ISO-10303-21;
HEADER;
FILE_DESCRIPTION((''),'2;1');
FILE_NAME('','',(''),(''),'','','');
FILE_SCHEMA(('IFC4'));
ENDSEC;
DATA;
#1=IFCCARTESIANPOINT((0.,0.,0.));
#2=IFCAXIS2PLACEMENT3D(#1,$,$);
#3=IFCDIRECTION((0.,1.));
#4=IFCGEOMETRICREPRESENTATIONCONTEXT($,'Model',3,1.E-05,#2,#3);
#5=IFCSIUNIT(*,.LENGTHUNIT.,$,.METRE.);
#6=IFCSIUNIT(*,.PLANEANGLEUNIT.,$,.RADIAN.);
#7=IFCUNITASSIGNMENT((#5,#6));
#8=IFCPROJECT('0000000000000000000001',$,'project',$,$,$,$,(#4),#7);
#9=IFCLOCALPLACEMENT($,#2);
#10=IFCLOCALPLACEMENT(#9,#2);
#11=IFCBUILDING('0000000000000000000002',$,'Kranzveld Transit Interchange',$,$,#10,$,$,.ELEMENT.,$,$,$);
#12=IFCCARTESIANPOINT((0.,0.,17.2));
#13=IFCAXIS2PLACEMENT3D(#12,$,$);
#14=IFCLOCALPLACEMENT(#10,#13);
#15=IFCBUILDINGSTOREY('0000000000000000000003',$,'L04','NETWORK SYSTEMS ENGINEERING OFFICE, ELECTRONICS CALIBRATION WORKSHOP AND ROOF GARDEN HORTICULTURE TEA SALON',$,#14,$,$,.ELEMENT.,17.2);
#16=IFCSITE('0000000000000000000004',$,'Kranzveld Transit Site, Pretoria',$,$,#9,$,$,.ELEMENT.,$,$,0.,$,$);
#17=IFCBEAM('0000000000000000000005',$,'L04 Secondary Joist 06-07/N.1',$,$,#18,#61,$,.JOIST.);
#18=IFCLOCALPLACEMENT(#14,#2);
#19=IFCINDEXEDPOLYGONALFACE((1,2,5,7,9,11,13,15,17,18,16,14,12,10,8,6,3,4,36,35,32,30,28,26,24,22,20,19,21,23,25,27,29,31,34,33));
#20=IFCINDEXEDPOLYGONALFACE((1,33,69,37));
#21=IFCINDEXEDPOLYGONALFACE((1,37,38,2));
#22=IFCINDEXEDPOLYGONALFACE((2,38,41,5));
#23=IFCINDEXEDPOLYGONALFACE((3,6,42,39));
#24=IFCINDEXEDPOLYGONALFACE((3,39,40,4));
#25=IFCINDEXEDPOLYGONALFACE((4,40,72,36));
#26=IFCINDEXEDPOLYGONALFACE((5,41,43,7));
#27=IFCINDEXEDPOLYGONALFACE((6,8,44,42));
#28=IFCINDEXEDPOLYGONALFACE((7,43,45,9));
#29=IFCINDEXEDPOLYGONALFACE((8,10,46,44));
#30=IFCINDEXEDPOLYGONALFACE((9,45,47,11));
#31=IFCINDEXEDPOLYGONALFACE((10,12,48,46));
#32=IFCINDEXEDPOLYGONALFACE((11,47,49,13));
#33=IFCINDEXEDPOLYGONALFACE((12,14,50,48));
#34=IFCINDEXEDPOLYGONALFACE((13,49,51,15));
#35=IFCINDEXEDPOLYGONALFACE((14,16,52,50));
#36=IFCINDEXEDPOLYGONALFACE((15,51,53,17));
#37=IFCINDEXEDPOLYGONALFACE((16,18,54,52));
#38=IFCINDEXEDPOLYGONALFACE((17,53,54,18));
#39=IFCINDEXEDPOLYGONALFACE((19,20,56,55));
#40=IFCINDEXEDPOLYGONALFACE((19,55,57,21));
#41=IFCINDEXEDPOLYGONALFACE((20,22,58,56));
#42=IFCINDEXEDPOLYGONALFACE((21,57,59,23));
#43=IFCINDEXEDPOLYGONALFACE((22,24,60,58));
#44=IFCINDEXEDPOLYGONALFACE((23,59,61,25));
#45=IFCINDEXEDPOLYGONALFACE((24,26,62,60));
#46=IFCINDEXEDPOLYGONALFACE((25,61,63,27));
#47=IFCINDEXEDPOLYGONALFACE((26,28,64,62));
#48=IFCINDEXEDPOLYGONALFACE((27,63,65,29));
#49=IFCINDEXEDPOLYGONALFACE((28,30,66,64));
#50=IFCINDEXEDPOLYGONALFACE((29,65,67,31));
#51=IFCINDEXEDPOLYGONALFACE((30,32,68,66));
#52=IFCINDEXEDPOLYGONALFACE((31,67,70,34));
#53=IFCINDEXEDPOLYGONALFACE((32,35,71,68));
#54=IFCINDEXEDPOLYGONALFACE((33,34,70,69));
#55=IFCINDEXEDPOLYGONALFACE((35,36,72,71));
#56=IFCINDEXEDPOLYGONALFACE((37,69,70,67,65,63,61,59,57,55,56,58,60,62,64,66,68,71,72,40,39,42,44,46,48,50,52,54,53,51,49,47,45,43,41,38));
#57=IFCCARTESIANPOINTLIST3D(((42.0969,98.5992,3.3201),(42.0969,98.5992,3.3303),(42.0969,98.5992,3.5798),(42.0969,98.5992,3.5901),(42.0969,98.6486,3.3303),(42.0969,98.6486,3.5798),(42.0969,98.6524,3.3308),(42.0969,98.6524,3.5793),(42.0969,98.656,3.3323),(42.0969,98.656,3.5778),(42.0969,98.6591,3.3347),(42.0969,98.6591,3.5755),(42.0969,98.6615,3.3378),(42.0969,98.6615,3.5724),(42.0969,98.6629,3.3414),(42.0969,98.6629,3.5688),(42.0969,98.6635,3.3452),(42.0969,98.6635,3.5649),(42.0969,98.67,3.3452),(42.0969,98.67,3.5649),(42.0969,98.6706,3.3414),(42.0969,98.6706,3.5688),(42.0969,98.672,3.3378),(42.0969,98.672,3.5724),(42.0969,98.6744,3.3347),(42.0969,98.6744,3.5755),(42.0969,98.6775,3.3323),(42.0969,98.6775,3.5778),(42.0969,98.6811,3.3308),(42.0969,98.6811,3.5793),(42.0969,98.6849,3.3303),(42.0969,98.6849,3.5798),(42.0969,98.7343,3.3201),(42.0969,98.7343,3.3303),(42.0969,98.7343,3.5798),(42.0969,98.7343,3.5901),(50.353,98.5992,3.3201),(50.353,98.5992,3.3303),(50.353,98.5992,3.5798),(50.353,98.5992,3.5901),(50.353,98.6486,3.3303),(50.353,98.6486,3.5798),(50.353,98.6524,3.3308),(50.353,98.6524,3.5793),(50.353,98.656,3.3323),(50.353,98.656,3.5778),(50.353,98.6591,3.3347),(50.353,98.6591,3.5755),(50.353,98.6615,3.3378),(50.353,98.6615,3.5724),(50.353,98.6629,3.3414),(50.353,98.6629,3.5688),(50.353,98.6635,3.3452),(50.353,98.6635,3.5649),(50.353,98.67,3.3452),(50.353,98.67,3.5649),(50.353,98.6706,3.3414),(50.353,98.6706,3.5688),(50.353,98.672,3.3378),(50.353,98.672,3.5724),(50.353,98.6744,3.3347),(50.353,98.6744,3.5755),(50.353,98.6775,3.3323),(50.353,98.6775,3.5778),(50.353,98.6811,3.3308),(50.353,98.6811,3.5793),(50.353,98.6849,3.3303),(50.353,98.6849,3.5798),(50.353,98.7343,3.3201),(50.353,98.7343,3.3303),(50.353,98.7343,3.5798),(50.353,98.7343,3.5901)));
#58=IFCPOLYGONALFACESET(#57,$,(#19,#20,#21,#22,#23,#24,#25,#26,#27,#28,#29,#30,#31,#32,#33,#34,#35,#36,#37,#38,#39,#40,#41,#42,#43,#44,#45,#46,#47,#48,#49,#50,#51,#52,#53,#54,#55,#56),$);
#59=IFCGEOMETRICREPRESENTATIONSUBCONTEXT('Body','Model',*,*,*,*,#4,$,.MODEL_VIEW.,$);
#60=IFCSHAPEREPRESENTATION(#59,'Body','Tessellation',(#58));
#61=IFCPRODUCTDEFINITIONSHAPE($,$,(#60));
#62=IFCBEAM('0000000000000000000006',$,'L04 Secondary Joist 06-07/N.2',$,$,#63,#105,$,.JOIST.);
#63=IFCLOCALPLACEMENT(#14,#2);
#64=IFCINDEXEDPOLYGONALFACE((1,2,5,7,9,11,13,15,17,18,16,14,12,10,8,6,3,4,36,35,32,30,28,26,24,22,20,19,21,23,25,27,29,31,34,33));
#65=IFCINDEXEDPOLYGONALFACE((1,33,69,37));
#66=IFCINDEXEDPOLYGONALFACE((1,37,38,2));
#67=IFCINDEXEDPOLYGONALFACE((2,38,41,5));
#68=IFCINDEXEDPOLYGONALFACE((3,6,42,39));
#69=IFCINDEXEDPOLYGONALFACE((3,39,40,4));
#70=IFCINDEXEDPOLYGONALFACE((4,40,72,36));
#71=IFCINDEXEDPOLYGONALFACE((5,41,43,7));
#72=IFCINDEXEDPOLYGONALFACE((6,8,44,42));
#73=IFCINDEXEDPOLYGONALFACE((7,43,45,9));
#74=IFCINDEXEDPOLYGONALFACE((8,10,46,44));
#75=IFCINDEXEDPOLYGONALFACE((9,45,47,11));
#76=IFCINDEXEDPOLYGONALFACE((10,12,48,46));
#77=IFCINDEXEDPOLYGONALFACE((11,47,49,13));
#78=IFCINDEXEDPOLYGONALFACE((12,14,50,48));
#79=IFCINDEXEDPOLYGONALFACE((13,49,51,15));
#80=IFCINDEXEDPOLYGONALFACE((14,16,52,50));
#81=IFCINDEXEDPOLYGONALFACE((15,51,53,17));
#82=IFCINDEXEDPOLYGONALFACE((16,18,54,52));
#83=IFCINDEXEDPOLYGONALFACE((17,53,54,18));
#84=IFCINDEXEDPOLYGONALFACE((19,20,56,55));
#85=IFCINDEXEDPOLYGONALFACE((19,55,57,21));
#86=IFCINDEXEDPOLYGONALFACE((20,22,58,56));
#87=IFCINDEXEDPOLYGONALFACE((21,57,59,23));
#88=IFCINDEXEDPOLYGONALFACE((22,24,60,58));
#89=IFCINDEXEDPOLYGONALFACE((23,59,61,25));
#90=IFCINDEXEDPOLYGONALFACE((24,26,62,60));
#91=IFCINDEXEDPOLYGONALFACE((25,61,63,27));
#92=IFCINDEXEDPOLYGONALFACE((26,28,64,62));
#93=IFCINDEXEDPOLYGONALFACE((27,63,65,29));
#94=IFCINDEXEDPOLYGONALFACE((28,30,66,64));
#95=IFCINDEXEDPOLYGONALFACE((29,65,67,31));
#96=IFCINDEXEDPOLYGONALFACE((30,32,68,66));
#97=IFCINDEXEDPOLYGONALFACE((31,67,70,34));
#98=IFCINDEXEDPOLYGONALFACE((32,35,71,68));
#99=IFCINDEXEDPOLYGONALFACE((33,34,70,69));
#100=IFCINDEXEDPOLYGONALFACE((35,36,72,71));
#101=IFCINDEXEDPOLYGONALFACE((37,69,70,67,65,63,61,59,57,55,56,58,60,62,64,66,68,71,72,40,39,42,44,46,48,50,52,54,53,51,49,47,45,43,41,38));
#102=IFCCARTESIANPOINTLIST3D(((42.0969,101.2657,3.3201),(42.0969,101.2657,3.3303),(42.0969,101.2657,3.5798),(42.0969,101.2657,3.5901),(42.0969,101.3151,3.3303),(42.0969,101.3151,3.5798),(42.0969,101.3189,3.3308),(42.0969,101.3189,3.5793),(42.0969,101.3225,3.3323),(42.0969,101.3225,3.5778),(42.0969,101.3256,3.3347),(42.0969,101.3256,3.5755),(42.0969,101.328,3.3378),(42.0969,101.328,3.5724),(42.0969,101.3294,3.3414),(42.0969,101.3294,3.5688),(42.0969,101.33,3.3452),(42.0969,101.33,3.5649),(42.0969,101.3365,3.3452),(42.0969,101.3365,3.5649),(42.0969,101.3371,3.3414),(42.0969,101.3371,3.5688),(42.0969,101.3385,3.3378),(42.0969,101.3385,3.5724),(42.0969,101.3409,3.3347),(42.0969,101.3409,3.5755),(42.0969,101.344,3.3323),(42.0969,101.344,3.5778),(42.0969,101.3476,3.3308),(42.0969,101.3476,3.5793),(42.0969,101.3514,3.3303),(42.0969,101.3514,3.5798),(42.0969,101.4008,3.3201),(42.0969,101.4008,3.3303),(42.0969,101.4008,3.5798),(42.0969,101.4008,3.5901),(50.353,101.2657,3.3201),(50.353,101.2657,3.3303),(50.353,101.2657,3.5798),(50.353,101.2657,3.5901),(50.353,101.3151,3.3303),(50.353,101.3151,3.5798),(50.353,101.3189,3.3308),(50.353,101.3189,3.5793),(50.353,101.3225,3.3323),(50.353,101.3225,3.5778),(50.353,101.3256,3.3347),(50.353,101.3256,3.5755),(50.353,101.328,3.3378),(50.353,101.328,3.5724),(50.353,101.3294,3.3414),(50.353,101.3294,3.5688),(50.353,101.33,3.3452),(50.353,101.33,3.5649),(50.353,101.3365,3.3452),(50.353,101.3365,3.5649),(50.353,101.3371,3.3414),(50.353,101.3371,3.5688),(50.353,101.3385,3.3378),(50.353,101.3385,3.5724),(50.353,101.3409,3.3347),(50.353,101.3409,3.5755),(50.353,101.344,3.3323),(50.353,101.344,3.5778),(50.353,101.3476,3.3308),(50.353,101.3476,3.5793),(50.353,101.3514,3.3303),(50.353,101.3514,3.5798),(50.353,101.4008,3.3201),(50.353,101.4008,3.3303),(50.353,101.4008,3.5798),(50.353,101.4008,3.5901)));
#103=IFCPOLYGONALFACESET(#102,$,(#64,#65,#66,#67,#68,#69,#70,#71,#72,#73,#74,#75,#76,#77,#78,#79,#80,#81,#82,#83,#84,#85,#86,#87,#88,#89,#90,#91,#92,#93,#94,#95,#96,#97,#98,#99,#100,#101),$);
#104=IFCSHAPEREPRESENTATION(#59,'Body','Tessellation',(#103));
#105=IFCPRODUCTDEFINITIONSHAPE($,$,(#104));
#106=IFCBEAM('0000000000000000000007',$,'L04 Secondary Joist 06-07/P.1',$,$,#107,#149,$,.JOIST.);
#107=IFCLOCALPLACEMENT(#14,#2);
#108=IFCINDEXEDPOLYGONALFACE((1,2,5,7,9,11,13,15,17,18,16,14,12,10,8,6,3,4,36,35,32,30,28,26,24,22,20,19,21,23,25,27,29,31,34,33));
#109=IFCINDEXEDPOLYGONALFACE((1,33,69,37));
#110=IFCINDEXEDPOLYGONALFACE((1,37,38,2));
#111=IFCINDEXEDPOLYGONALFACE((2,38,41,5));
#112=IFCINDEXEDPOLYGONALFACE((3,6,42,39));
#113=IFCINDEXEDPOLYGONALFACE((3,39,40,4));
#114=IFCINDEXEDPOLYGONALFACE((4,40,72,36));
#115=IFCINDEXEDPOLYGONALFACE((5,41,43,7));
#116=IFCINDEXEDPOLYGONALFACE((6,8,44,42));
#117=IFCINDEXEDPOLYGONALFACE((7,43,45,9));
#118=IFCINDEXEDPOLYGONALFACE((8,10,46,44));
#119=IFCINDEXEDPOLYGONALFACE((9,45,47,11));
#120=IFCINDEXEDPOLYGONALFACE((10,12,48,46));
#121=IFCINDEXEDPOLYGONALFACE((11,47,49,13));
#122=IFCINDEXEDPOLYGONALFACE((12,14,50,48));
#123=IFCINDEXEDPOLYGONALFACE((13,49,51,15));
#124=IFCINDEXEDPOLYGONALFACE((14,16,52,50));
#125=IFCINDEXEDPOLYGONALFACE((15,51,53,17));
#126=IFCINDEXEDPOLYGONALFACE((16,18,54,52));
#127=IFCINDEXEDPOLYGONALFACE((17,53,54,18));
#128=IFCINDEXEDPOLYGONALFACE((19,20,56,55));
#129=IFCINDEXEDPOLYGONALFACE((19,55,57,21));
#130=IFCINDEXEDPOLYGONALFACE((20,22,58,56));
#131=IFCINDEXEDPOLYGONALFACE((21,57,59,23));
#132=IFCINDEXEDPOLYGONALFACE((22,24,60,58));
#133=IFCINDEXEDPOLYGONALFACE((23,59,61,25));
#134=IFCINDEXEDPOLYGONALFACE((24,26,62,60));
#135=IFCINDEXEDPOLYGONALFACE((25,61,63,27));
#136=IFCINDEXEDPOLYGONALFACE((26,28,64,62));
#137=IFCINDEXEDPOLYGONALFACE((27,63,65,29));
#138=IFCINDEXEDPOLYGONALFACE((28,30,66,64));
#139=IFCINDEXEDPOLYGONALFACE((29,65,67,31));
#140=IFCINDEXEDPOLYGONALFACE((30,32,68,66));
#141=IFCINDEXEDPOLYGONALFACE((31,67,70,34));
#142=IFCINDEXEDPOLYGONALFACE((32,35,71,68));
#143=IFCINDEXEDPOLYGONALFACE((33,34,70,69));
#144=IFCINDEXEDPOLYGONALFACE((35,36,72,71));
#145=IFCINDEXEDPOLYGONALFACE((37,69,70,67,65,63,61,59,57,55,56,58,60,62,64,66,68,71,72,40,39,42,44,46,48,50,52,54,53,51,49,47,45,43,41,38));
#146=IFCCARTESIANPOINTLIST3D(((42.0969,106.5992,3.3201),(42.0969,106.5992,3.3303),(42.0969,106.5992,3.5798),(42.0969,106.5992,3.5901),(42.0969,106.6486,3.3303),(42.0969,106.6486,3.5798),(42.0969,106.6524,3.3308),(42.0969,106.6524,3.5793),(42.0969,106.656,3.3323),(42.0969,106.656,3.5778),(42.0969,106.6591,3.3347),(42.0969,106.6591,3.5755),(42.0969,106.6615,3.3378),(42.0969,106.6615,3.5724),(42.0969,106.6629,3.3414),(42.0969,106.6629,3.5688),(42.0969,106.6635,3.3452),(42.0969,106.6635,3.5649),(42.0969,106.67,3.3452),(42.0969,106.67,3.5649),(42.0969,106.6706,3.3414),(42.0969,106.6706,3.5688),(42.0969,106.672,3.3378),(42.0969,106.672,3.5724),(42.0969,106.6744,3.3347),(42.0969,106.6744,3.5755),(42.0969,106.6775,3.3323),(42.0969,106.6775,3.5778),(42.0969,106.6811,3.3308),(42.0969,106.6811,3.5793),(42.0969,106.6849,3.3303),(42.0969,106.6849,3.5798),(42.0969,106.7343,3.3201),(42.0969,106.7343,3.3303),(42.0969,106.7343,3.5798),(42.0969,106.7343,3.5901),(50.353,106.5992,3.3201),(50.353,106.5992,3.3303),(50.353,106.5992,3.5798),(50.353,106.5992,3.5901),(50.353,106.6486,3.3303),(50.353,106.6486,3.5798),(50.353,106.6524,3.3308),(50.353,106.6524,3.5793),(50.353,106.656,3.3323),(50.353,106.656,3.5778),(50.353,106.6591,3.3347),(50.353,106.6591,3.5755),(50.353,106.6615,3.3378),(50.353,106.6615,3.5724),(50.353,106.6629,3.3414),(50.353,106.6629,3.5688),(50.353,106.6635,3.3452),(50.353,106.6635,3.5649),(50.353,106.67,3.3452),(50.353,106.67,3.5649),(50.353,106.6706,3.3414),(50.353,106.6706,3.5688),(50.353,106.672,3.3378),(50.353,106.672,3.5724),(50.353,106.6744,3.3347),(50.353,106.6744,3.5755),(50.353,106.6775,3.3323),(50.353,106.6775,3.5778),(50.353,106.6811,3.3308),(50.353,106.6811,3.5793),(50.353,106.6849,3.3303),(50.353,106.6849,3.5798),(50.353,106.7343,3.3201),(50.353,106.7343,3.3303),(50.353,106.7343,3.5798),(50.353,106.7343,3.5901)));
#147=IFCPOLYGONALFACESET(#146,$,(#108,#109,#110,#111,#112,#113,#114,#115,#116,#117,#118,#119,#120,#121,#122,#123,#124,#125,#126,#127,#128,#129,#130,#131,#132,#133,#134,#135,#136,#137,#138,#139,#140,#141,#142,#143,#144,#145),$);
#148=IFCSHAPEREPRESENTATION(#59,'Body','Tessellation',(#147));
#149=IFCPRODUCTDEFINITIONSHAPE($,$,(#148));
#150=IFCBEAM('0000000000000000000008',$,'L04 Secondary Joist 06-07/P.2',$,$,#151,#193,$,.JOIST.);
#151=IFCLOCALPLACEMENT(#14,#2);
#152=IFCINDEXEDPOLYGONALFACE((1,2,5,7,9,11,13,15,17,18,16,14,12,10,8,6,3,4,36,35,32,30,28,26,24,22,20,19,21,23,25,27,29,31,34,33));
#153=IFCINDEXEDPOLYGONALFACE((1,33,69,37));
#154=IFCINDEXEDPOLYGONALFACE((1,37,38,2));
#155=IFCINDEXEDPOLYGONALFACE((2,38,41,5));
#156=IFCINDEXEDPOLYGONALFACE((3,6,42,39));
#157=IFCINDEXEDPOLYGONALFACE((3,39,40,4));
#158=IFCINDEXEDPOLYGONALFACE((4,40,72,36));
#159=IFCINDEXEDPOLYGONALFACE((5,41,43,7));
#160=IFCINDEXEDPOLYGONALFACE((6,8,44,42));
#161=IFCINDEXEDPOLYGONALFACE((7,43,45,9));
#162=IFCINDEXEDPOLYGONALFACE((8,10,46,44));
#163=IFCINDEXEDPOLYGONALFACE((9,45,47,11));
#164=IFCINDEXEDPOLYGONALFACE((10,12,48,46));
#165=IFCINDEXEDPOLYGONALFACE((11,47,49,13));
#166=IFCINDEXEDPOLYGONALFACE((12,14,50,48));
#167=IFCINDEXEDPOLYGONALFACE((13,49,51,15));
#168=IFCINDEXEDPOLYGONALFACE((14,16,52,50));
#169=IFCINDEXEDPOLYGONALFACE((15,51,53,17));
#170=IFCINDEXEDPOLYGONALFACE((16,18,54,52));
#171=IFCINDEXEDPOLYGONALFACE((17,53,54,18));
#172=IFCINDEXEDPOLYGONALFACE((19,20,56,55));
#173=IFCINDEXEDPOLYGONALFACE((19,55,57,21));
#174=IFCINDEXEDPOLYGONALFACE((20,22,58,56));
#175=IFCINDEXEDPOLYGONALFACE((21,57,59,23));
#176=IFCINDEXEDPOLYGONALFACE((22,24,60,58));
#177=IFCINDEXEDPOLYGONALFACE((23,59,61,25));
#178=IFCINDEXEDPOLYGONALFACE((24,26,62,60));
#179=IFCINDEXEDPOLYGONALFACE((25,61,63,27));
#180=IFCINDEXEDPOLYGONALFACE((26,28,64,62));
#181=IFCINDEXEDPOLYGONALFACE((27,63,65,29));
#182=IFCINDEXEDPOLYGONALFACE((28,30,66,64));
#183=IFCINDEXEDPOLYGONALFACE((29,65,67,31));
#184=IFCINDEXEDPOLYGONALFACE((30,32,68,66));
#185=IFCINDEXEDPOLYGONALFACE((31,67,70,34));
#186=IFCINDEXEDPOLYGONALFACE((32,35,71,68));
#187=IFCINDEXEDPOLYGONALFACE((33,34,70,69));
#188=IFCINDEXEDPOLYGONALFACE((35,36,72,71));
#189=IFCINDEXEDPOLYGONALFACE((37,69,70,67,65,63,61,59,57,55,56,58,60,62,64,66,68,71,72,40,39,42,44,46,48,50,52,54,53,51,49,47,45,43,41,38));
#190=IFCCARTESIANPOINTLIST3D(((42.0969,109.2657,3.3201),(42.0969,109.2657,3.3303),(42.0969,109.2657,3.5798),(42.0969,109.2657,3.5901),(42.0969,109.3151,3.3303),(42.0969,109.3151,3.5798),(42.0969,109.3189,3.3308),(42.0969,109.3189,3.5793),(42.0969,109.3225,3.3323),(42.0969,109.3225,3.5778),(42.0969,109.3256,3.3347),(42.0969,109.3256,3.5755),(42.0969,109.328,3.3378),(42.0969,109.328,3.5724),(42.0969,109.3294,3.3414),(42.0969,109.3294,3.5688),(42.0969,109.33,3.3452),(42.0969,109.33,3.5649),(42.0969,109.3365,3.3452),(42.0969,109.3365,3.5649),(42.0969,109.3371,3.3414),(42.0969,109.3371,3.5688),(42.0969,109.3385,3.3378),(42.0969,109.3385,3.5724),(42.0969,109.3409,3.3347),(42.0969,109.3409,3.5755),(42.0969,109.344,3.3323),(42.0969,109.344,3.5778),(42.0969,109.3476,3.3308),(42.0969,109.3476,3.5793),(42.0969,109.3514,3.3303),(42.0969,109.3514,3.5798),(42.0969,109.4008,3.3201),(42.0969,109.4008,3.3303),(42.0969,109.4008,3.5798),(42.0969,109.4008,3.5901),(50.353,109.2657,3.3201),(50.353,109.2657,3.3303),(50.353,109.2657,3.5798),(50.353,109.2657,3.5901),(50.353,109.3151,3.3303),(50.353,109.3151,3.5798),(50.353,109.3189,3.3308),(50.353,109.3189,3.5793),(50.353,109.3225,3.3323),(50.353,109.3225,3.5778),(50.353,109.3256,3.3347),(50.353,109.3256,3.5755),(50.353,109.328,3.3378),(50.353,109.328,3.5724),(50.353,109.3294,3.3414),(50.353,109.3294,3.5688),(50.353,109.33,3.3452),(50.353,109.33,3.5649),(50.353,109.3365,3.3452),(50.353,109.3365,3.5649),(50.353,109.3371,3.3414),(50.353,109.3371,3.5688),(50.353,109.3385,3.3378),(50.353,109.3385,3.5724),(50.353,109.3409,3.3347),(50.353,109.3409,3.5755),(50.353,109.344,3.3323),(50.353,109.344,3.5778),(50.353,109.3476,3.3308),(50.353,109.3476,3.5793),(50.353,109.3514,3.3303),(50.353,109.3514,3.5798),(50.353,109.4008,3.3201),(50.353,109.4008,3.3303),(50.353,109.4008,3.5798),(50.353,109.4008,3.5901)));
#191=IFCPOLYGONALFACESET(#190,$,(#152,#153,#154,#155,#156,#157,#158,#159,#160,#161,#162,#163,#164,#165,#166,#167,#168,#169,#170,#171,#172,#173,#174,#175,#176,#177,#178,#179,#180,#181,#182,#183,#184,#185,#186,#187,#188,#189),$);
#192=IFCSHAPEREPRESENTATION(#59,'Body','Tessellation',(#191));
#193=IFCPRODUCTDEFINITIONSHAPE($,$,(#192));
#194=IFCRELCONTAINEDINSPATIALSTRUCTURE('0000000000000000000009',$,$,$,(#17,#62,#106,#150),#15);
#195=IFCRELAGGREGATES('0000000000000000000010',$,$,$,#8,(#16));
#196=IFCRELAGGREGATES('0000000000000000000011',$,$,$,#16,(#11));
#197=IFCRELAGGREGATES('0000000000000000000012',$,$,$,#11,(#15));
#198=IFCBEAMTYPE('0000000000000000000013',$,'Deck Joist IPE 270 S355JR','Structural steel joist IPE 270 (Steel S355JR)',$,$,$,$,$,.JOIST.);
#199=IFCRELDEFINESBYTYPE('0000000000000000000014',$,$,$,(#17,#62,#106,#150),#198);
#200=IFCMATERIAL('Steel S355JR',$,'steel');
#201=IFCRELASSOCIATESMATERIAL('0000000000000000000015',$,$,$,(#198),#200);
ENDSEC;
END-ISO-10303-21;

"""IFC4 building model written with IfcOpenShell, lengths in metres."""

from ifc_helpers import new_model, si_unit, direction, frame, origin, origin_2d, place, context, subcontext, project, spatial, i_section, extrude, material, material_profile, profile_set, type_object, element, save


model = new_model("IFC4")

# Units and contexts
model_context = context("Model", 3, precision=1e-05, world=origin(), true_north=direction((0.0, 1.0)))
body_context = subcontext(model_context, "Body", "Model", "MODEL_VIEW")
ifc_project = project(units=[si_unit("LENGTHUNIT", "METRE"), si_unit("PLANEANGLEUNIT", "RADIAN")], contexts=[model_context])

# Site, building, storey
site_placement = place(None, origin())
site = spatial("IfcSite", under=ifc_project, at=site_placement, Name="Kranzveld Transit Site, Pretoria", CompositionType="ELEMENT", RefElevation=0.0)
building_placement = place(site_placement, origin())
building = spatial("IfcBuilding", under=site, at=building_placement, Name="Kranzveld Transit Interchange", CompositionType="ELEMENT")
storey_placement = place(building_placement, frame((0.0, 0.0, 17.2)))
storey = spatial("IfcBuildingStorey", under=building, at=storey_placement, Name="L04", Description="NETWORK SYSTEMS ENGINEERING OFFICE, ELECTRONICS CALIBRATION WORKSHOP AND ROOF GARDEN HORTICULTURE TEA SALON", CompositionType="ELEMENT", Elevation=17.2)

# Beams
ifc_material_1 = material(Name="Steel S355JR", Category="steel")
ifc_material_profile_1 = material_profile(ifc_material_1, i_section(OverallWidth=0.135, OverallDepth=0.27, WebThickness=0.0066, FlangeThickness=0.0103, FilletRadius=0.0149, at=origin_2d()), Name="IPE 270")
ifc_profile_set_1 = profile_set([ifc_material_profile_1], Name="Steel S355JR")
beam_type_1 = type_object("IfcBeamType", Name="Deck Joist IPE 270 S355JR", Description="Structural steel joist IPE 270 (Steel S355JR)", PredefinedType="JOIST", material=ifc_profile_set_1)
for number, where, z_axis, x_axis, name in (
    (1, (42.0969, 98.6667, 3.4551), (1.0, 0.0, 0.0), (0.0, 1.0, 0.0), "L04 Secondary Joist 06-07/N.1"),
    (2, (42.0969, 101.3333, 3.4551), (1.0, 0.0, 0.0), (0.0, 1.0, 0.0), "L04 Secondary Joist 06-07/N.2"),
    (3, (42.0969, 106.6667, 3.4551), (1.0, 0.0, 0.0), (0.0, 1.0, 0.0), "L04 Secondary Joist 06-07/P.1"),
    (4, (42.0969, 109.3333, 3.4551), (1.0, 0.0, 0.0), (0.0, 1.0, 0.0), "L04 Secondary Joist 06-07/P.2"),
):
    element("IfcBeam", number, at=place(storey_placement, frame(where, z_axis=z_axis, x_axis=x_axis)), inside=storey, type_object=beam_type_1, Name=name, PredefinedType="JOIST", context=body_context, shape_type="SweptSolid", body=[
        extrude(i_section(OverallWidth=0.135, OverallDepth=0.27, WebThickness=0.0066, FlangeThickness=0.0103, FilletRadius=0.0149, at=origin_2d()), origin(), (0.0, 0.0, 1.0), 8.2561),
    ])

save(model, "model.ifc")
